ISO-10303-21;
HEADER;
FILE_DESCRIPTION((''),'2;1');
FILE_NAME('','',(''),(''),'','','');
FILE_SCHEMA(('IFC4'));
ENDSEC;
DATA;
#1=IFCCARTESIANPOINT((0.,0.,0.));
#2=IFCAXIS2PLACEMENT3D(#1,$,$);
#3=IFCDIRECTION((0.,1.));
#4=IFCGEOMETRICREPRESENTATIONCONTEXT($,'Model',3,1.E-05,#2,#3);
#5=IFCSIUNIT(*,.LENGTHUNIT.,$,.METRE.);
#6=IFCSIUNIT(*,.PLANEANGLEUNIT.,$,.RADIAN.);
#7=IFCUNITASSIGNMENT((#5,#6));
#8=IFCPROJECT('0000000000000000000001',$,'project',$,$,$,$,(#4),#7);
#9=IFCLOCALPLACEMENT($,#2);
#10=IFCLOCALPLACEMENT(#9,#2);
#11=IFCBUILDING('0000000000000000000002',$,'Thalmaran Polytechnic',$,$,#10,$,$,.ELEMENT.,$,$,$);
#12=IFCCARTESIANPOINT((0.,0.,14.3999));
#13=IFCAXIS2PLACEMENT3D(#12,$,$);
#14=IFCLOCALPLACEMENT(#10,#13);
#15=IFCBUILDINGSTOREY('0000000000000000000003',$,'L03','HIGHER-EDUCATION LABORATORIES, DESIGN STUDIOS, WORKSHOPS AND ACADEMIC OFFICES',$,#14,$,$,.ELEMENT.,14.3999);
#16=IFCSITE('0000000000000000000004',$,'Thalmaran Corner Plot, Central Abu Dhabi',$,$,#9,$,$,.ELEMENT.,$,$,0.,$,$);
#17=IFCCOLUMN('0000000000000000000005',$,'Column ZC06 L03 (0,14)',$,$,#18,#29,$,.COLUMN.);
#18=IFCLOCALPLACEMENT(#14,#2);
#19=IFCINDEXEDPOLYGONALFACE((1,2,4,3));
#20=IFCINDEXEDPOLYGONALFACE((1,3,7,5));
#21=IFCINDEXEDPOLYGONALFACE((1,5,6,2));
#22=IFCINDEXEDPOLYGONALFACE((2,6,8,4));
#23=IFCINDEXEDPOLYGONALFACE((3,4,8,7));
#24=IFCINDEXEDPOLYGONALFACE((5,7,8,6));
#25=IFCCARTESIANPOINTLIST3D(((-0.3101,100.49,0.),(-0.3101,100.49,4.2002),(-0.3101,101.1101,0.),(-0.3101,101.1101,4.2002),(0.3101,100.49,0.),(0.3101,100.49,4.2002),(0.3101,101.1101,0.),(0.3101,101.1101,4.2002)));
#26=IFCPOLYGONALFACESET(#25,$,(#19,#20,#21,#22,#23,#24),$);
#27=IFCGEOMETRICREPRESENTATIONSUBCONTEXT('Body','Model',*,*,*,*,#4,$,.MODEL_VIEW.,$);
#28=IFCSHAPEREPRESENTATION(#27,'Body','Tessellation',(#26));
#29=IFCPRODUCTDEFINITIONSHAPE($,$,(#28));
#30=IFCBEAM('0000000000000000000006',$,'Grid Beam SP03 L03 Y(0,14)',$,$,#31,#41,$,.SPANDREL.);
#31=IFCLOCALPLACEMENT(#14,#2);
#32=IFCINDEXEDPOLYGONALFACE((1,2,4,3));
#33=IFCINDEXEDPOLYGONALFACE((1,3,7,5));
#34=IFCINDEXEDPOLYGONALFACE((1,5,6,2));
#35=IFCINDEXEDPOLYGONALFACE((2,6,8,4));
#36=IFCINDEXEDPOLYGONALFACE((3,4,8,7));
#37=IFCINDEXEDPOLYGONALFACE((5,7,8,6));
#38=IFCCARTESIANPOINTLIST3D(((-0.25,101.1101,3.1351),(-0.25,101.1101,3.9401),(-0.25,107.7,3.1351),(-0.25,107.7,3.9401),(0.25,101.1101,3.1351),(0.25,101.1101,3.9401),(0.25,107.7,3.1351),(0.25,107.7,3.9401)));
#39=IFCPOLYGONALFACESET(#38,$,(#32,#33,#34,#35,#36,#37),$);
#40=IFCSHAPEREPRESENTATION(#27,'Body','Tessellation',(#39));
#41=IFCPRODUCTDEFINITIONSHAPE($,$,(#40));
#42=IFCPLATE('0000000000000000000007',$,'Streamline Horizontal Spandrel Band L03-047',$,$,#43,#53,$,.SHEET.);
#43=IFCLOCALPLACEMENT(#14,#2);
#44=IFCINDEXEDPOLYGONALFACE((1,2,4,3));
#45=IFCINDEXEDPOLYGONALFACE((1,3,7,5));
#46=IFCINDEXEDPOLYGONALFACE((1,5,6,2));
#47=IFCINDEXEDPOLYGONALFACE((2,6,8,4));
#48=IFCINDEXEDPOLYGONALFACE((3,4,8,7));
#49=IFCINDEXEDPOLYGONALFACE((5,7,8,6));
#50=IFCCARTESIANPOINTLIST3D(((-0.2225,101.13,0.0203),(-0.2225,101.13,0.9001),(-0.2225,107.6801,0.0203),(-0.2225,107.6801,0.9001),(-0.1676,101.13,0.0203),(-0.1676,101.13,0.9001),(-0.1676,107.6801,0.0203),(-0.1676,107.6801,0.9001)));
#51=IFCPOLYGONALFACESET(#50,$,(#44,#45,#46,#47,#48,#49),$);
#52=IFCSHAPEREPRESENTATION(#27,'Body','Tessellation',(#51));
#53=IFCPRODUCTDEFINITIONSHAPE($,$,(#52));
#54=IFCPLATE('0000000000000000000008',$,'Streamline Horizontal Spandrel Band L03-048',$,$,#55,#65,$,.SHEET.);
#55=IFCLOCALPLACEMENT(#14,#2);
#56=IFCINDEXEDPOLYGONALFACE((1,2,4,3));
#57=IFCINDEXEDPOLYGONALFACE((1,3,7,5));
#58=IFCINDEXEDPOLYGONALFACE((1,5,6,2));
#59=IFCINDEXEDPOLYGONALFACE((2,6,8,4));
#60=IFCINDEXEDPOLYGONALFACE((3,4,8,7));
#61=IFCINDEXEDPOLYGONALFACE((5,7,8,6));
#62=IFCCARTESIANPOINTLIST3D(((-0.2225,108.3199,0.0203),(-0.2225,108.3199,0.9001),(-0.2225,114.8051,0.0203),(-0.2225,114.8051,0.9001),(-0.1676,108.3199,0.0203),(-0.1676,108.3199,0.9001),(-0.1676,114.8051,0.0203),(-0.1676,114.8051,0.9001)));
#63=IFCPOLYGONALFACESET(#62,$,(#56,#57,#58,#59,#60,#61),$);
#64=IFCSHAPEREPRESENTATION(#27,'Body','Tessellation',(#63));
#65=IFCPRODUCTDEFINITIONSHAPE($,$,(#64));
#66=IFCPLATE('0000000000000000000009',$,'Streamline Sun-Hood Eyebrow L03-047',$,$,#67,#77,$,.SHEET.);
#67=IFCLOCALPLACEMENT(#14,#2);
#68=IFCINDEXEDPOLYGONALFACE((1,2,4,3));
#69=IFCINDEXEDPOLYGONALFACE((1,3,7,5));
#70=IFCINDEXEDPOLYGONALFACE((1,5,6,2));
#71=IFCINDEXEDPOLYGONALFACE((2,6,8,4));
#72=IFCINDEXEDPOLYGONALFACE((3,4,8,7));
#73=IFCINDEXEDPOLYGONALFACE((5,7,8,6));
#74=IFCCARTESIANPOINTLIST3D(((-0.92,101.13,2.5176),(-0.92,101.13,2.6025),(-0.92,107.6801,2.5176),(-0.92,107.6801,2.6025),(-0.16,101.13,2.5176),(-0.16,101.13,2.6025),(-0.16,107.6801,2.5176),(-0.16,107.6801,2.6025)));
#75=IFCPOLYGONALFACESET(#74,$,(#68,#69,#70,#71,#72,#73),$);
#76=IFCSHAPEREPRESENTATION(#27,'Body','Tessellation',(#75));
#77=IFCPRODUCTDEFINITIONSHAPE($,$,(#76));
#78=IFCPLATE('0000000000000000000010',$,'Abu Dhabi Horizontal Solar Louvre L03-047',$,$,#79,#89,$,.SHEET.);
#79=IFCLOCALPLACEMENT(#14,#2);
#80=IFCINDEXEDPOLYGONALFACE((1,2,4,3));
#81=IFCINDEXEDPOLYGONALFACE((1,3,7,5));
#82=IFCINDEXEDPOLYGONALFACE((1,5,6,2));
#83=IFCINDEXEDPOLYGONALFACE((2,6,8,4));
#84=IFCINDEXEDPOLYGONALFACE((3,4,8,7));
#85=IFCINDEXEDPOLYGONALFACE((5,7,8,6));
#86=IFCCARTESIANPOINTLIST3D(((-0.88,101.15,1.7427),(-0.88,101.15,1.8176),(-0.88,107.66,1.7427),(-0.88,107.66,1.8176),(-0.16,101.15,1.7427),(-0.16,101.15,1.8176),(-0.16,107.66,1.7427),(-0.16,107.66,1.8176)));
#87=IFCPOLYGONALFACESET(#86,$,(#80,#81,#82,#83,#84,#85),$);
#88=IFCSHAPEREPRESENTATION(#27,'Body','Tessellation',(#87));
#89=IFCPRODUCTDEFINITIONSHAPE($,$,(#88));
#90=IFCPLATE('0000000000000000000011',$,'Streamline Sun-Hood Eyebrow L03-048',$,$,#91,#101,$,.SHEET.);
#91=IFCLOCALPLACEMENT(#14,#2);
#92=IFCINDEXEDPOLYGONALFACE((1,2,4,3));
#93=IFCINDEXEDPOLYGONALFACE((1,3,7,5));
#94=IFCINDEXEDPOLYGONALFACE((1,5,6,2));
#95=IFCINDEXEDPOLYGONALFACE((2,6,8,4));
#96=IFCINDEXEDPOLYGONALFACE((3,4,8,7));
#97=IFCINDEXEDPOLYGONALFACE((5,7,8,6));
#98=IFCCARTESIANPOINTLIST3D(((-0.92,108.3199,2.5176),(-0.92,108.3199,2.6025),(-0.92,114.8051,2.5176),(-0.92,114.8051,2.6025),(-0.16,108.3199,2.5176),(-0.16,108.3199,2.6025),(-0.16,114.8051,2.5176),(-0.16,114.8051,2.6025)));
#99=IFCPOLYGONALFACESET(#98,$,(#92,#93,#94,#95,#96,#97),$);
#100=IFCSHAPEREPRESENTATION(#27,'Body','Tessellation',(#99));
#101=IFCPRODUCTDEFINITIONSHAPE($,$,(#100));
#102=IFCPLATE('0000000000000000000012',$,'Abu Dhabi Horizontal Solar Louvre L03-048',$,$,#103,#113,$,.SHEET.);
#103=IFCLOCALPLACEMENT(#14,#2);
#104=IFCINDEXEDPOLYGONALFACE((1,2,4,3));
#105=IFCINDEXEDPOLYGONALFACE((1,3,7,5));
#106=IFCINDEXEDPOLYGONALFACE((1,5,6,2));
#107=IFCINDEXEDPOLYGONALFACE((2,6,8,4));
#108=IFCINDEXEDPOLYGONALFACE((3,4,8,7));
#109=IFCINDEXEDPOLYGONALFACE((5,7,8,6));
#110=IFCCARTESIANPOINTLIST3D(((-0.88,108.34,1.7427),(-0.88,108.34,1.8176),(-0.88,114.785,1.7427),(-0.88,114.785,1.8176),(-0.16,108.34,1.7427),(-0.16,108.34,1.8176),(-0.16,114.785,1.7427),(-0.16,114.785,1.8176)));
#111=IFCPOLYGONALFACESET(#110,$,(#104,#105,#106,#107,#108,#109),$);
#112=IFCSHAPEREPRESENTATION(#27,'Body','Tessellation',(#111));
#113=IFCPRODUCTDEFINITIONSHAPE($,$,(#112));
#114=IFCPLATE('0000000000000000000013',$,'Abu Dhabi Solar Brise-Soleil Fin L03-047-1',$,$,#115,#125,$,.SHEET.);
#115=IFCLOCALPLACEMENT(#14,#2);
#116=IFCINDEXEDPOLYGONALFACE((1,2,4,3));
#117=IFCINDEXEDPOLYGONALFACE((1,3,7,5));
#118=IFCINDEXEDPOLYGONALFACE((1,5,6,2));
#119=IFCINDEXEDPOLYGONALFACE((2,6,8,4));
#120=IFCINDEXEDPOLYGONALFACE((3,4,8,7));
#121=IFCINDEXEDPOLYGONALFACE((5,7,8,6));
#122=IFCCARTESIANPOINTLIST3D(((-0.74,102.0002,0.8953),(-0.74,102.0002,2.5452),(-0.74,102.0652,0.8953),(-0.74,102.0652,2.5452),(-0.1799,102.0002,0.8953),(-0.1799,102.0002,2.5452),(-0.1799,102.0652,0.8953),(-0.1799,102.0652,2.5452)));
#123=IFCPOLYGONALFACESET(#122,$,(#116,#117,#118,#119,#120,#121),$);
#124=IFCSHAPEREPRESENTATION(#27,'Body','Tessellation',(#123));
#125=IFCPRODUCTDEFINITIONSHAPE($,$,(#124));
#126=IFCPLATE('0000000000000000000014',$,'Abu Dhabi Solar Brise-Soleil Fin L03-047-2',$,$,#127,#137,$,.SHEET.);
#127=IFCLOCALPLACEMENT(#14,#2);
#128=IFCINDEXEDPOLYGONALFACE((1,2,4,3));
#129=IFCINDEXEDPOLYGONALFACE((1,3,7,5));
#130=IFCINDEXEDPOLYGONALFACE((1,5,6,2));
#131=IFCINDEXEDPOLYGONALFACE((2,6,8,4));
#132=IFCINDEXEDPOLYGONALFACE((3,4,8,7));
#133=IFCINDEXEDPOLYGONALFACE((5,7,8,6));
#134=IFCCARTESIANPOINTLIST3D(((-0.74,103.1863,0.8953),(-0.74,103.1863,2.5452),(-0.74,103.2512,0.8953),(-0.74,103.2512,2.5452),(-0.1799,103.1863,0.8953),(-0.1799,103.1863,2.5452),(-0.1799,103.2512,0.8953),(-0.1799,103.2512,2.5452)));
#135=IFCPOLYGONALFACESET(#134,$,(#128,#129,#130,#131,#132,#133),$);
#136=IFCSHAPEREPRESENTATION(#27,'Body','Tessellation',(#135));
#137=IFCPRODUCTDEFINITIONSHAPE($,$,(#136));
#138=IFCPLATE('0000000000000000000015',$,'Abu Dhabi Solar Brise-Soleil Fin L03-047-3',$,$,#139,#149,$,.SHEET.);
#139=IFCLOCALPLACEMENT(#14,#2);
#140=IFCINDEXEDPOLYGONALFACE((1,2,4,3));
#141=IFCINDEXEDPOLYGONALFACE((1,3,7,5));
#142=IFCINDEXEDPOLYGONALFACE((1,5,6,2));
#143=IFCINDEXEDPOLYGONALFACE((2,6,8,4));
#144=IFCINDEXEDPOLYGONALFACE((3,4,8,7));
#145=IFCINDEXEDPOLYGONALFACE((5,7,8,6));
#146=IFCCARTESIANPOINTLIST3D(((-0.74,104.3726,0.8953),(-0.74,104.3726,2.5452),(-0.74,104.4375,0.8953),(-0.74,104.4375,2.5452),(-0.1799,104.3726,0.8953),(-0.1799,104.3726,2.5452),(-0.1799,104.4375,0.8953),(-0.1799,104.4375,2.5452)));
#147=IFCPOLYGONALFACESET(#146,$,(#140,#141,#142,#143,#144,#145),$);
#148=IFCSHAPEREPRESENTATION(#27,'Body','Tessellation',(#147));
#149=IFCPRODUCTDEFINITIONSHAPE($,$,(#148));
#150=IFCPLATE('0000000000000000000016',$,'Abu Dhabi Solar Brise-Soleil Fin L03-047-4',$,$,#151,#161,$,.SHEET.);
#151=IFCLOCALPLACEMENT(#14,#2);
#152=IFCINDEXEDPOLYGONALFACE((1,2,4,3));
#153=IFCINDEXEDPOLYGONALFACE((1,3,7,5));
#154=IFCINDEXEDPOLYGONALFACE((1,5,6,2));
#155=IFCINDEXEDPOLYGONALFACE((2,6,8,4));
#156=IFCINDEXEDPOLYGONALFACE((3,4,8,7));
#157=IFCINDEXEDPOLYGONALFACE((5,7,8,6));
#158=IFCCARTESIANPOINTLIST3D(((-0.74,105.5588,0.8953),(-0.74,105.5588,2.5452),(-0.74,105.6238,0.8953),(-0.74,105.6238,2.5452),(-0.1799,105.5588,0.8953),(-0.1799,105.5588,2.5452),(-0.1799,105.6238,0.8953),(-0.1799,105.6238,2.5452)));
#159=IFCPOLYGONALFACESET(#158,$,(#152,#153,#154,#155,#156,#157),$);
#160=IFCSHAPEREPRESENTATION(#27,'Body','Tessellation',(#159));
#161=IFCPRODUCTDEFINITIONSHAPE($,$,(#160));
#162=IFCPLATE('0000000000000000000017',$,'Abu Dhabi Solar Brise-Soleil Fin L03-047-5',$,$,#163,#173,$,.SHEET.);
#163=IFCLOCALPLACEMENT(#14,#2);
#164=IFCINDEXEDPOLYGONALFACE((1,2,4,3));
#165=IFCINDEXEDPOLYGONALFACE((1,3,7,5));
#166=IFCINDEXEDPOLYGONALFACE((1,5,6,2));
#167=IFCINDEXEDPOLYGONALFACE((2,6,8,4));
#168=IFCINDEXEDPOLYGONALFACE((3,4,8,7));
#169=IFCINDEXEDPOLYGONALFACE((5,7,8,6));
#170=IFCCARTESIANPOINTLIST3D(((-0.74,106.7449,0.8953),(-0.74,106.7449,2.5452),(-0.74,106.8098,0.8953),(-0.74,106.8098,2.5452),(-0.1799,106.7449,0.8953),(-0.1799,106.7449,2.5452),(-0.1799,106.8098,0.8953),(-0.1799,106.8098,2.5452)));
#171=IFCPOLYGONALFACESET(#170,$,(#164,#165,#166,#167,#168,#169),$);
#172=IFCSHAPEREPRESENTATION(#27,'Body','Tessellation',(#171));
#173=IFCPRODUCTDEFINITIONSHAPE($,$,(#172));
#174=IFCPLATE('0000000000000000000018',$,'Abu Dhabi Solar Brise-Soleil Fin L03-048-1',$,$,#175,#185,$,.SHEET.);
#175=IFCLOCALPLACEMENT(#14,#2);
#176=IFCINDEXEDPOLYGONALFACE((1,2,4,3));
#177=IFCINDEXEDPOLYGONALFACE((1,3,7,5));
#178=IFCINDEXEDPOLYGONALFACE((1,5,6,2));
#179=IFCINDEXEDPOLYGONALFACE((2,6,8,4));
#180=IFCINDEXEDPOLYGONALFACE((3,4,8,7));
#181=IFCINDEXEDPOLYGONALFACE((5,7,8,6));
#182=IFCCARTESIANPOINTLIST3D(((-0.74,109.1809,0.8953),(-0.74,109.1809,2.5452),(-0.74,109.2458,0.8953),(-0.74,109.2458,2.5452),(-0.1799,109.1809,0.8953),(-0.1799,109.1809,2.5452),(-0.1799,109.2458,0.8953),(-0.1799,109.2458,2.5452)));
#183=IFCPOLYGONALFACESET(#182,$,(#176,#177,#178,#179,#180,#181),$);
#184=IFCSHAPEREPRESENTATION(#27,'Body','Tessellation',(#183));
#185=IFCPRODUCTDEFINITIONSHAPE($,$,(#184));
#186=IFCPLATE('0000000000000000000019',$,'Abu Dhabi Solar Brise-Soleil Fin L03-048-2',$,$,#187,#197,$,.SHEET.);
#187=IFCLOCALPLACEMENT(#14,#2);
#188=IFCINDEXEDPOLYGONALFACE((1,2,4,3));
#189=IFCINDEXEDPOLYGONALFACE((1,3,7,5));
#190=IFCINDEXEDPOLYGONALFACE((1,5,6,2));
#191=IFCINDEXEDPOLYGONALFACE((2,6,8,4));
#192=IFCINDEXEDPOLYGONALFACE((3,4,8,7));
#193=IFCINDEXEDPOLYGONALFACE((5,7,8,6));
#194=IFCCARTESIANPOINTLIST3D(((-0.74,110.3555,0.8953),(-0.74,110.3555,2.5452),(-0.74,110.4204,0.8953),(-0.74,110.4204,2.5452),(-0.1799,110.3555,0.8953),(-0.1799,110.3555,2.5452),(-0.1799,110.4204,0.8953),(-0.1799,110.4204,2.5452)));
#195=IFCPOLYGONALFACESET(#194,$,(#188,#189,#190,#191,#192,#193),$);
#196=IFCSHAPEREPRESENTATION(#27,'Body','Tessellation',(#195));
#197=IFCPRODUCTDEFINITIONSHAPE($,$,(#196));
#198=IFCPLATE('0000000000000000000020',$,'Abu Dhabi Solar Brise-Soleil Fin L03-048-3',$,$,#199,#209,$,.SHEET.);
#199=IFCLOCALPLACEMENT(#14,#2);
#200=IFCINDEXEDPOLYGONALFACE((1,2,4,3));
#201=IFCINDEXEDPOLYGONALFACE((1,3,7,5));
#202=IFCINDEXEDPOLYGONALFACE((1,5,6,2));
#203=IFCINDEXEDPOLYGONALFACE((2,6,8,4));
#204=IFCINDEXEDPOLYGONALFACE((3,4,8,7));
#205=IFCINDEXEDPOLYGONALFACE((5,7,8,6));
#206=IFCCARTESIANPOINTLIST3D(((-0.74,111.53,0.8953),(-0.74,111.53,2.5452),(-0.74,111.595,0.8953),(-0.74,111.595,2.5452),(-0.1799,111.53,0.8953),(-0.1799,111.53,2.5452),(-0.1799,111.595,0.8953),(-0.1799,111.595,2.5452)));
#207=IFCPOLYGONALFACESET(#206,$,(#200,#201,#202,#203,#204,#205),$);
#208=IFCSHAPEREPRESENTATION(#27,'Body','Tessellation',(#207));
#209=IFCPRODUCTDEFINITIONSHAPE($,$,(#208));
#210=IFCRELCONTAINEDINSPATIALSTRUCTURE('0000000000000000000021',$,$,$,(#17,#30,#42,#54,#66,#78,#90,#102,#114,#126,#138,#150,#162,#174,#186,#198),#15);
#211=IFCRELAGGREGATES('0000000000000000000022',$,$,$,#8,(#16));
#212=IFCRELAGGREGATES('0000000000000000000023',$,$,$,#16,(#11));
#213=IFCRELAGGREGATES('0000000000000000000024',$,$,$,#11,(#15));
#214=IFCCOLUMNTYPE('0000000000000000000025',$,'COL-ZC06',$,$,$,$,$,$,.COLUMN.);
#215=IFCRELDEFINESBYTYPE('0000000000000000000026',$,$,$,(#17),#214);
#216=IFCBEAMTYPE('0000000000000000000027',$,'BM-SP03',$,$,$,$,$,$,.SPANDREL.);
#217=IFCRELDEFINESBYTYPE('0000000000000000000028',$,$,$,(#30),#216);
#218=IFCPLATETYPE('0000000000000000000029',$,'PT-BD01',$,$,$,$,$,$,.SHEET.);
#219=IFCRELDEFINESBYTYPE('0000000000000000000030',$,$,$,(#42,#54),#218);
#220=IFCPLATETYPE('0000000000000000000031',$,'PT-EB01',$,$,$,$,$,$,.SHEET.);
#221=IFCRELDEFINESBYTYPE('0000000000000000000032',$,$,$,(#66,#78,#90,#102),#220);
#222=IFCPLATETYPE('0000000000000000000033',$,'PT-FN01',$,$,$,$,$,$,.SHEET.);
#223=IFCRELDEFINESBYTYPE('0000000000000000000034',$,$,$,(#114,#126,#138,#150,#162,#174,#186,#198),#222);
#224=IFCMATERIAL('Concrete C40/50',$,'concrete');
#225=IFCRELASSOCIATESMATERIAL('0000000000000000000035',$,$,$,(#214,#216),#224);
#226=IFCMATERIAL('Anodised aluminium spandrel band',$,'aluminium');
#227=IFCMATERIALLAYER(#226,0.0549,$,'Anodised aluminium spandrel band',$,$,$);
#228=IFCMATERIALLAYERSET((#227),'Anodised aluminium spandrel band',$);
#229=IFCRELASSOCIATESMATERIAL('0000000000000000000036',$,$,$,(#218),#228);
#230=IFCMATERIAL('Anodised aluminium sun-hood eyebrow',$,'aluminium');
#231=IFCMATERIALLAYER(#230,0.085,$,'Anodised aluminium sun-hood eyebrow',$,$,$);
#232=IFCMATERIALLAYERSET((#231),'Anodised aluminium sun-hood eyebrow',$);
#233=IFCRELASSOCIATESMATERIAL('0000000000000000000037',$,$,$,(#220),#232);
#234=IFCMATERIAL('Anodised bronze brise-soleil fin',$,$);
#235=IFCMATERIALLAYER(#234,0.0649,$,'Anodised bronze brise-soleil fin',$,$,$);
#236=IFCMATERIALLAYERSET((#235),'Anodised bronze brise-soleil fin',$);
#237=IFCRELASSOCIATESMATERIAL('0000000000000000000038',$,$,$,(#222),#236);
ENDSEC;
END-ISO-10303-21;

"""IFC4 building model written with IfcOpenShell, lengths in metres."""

from ifc_helpers import new_model, si_unit, direction, frame, origin, origin_2d, place, context, subcontext, project, spatial, rectangle, extrude, material, layer, layer_set, material_profile, profile_set, type_object, element, save


model = new_model("IFC4")

# Units and contexts
model_context = context("Model", 3, precision=1e-05, world=origin(), true_north=direction((0.0, 1.0)))
body_context = subcontext(model_context, "Body", "Model", "MODEL_VIEW")
ifc_project = project(units=[si_unit("LENGTHUNIT", "METRE"), si_unit("PLANEANGLEUNIT", "RADIAN")], contexts=[model_context])

# Site, building, storey
site_placement = place(None, origin())
site = spatial("IfcSite", under=ifc_project, at=site_placement, Name="Thalmaran Corner Plot, Central Abu Dhabi", CompositionType="ELEMENT", RefElevation=0.0)
building_placement = place(site_placement, origin())
building = spatial("IfcBuilding", under=site, at=building_placement, Name="Thalmaran Polytechnic", CompositionType="ELEMENT")
storey_placement = place(building_placement, frame((0.0, 0.0, 14.3999)))
storey = spatial("IfcBuildingStorey", under=building, at=storey_placement, Name="L03", Description="HIGHER-EDUCATION LABORATORIES, DESIGN STUDIOS, WORKSHOPS AND ACADEMIC OFFICES", CompositionType="ELEMENT", Elevation=14.3999)

# Column
ifc_material_1 = material(Name="Concrete C40/50", Category="concrete")
ifc_material_profile_1 = material_profile(ifc_material_1, rectangle(XDim=0.6201, YDim=0.6201, at=origin_2d()), Name="RC 620x620")
ifc_profile_set_1 = profile_set([ifc_material_profile_1], Name="Concrete C40/50")
column_type = type_object("IfcColumnType", Name="COL-ZC06", PredefinedType="COLUMN", material=ifc_profile_set_1)
column_placement = place(storey_placement, frame((0.0, 100.8, 0.0), z_axis=(0.0, 0.0, 1.0), x_axis=(1.0, 0.0, 0.0)))
element("IfcColumn", 1, at=column_placement, inside=storey, type_object=column_type, Name="Column ZC06 L03 (0,14)", PredefinedType="COLUMN", context=body_context, shape_type="SweptSolid", body=[
    extrude(rectangle(XDim=0.6201, YDim=0.6201, at=origin_2d()), origin(), (0.0, 0.0, 1.0), 4.2002),
])

# Beam
ifc_material_profile_2 = material_profile(ifc_material_1, rectangle(XDim=0.5, YDim=0.8049, at=origin_2d()), Name="RC 500x805")
ifc_profile_set_2 = profile_set([ifc_material_profile_2], Name="Concrete C40/50")
beam_type = type_object("IfcBeamType", Name="BM-SP03", PredefinedType="SPANDREL", material=ifc_profile_set_2)
beam_placement = place(storey_placement, frame((0.0, 101.1101, 3.5376), z_axis=(0.0, 1.0, 0.0), x_axis=(-1.0, 0.0, 0.0)))
element("IfcBeam", 2, at=beam_placement, inside=storey, type_object=beam_type, Name="Grid Beam SP03 L03 Y(0,14)", PredefinedType="SPANDREL", context=body_context, shape_type="SweptSolid", body=[
    extrude(rectangle(XDim=0.5, YDim=0.8049, at=origin_2d()), origin(), (0.0, 0.0, 1.0), 6.5898),
])

# Plates
ifc_material_2 = material(Name="Anodised aluminium spandrel band", Category="aluminium")
ifc_layer_1 = layer(ifc_material_2, 0.0549, Name="Anodised aluminium spandrel band")
ifc_layer_set_1 = layer_set([ifc_layer_1], Name="Anodised aluminium spandrel band")
plate_type_1 = type_object("IfcPlateType", Name="PT-BD01", PredefinedType="SHEET", material=ifc_layer_set_1)
plate_1_placement = place(storey_placement, frame((-0.1951, 104.405, 0.0203), z_axis=(0.0, 0.0, 1.0), x_axis=(0.0, 1.0, 0.0)))
element("IfcPlate", 3, at=plate_1_placement, inside=storey, type_object=plate_type_1, Name="Streamline Horizontal Spandrel Band L03-047", PredefinedType="SHEET", context=body_context, shape_type="SweptSolid", body=[
    extrude(rectangle(XDim=6.55, YDim=0.0549, at=origin_2d()), origin(), (0.0, 0.0, 1.0), 0.8799),
])
plate_2_placement = place(storey_placement, frame((-0.1951, 111.5625, 0.0203), z_axis=(0.0, 0.0, 1.0), x_axis=(0.0, 1.0, 0.0)))
element("IfcPlate", 4, at=plate_2_placement, inside=storey, type_object=plate_type_1, Name="Streamline Horizontal Spandrel Band L03-048", PredefinedType="SHEET", context=body_context, shape_type="SweptSolid", body=[
    extrude(rectangle(XDim=6.4851, YDim=0.0549, at=origin_2d()), origin(), (0.0, 0.0, 1.0), 0.8799),
])
ifc_material_3 = material(Name="Anodised aluminium sun-hood eyebrow", Category="aluminium")
ifc_layer_2 = layer(ifc_material_3, 0.085, Name="Anodised aluminium sun-hood eyebrow")
ifc_layer_set_2 = layer_set([ifc_layer_2], Name="Anodised aluminium sun-hood eyebrow")
plate_type_2 = type_object("IfcPlateType", Name="PT-EB01", PredefinedType="SHEET", material=ifc_layer_set_2)
plate_3_placement = place(storey_placement, frame((-0.54, 104.405, 2.5176), z_axis=(0.0, 0.0, 1.0), x_axis=(0.0, 1.0, 0.0)))
element("IfcPlate", 5, at=plate_3_placement, inside=storey, type_object=plate_type_2, Name="Streamline Sun-Hood Eyebrow L03-047", PredefinedType="SHEET", context=body_context, shape_type="SweptSolid", body=[
    extrude(rectangle(XDim=6.55, YDim=0.76, at=origin_2d()), origin(), (0.0, 0.0, 1.0), 0.085),
])
plate_4_placement = place(storey_placement, frame((-0.52, 104.405, 1.7427), z_axis=(0.0, 0.0, 1.0), x_axis=(0.0, 1.0, 0.0)))
element("IfcPlate", 6, at=plate_4_placement, inside=storey, type_object=plate_type_2, Name="Abu Dhabi Horizontal Solar Louvre L03-047", PredefinedType="SHEET", context=body_context, shape_type="SweptSolid", body=[
    extrude(rectangle(XDim=6.51, YDim=0.72, at=origin_2d()), origin(), (0.0, 0.0, 1.0), 0.075),
])
plate_5_placement = place(storey_placement, frame((-0.54, 111.5625, 2.5176), z_axis=(0.0, 0.0, 1.0), x_axis=(0.0, 1.0, 0.0)))
element("IfcPlate", 7, at=plate_5_placement, inside=storey, type_object=plate_type_2, Name="Streamline Sun-Hood Eyebrow L03-048", PredefinedType="SHEET", context=body_context, shape_type="SweptSolid", body=[
    extrude(rectangle(XDim=6.4851, YDim=0.76, at=origin_2d()), origin(), (0.0, 0.0, 1.0), 0.085),
])
plate_6_placement = place(storey_placement, frame((-0.52, 111.5625, 1.7427), z_axis=(0.0, 0.0, 1.0), x_axis=(0.0, 1.0, 0.0)))
element("IfcPlate", 8, at=plate_6_placement, inside=storey, type_object=plate_type_2, Name="Abu Dhabi Horizontal Solar Louvre L03-048", PredefinedType="SHEET", context=body_context, shape_type="SweptSolid", body=[
    extrude(rectangle(XDim=6.4451, YDim=0.72, at=origin_2d()), origin(), (0.0, 0.0, 1.0), 0.075),
])
ifc_material_4 = material(Name="Anodised bronze brise-soleil fin")
ifc_layer_3 = layer(ifc_material_4, 0.0649, Name="Anodised bronze brise-soleil fin")
ifc_layer_set_3 = layer_set([ifc_layer_3], Name="Anodised bronze brise-soleil fin")
plate_type_3 = type_object("IfcPlateType", Name="PT-FN01", PredefinedType="SHEET", material=ifc_layer_set_3)
for number, where, z_axis, x_axis, name in (
    (9, (-0.46, 102.0327, 0.8953), (0.0, 0.0, 1.0), (0.0, 1.0, 0.0), "Abu Dhabi Solar Brise-Soleil Fin L03-047-1"),
    (10, (-0.46, 103.2188, 0.8953), (0.0, 0.0, 1.0), (0.0, 1.0, 0.0), "Abu Dhabi Solar Brise-Soleil Fin L03-047-2"),
    (11, (-0.46, 104.405, 0.8953), (0.0, 0.0, 1.0), (0.0, 1.0, 0.0), "Abu Dhabi Solar Brise-Soleil Fin L03-047-3"),
    (12, (-0.46, 105.5913, 0.8953), (0.0, 0.0, 1.0), (0.0, 1.0, 0.0), "Abu Dhabi Solar Brise-Soleil Fin L03-047-4"),
    (13, (-0.46, 106.7773, 0.8953), (0.0, 0.0, 1.0), (0.0, 1.0, 0.0), "Abu Dhabi Solar Brise-Soleil Fin L03-047-5"),
    (14, (-0.46, 109.2134, 0.8953), (0.0, 0.0, 1.0), (0.0, 1.0, 0.0), "Abu Dhabi Solar Brise-Soleil Fin L03-048-1"),
    (15, (-0.46, 110.3879, 0.8953), (0.0, 0.0, 1.0), (0.0, 1.0, 0.0), "Abu Dhabi Solar Brise-Soleil Fin L03-048-2"),
    (16, (-0.46, 111.5625, 0.8953), (0.0, 0.0, 1.0), (0.0, 1.0, 0.0), "Abu Dhabi Solar Brise-Soleil Fin L03-048-3"),
):
    element("IfcPlate", number, at=place(storey_placement, frame(where, z_axis=z_axis, x_axis=x_axis)), inside=storey, type_object=plate_type_3, Name=name, PredefinedType="SHEET", context=body_context, shape_type="SweptSolid", body=[
        extrude(rectangle(XDim=0.0649, YDim=0.5601, at=origin_2d()), origin(), (0.0, 0.0, 1.0), 1.6499),
    ])

save(model, "model.ifc")
